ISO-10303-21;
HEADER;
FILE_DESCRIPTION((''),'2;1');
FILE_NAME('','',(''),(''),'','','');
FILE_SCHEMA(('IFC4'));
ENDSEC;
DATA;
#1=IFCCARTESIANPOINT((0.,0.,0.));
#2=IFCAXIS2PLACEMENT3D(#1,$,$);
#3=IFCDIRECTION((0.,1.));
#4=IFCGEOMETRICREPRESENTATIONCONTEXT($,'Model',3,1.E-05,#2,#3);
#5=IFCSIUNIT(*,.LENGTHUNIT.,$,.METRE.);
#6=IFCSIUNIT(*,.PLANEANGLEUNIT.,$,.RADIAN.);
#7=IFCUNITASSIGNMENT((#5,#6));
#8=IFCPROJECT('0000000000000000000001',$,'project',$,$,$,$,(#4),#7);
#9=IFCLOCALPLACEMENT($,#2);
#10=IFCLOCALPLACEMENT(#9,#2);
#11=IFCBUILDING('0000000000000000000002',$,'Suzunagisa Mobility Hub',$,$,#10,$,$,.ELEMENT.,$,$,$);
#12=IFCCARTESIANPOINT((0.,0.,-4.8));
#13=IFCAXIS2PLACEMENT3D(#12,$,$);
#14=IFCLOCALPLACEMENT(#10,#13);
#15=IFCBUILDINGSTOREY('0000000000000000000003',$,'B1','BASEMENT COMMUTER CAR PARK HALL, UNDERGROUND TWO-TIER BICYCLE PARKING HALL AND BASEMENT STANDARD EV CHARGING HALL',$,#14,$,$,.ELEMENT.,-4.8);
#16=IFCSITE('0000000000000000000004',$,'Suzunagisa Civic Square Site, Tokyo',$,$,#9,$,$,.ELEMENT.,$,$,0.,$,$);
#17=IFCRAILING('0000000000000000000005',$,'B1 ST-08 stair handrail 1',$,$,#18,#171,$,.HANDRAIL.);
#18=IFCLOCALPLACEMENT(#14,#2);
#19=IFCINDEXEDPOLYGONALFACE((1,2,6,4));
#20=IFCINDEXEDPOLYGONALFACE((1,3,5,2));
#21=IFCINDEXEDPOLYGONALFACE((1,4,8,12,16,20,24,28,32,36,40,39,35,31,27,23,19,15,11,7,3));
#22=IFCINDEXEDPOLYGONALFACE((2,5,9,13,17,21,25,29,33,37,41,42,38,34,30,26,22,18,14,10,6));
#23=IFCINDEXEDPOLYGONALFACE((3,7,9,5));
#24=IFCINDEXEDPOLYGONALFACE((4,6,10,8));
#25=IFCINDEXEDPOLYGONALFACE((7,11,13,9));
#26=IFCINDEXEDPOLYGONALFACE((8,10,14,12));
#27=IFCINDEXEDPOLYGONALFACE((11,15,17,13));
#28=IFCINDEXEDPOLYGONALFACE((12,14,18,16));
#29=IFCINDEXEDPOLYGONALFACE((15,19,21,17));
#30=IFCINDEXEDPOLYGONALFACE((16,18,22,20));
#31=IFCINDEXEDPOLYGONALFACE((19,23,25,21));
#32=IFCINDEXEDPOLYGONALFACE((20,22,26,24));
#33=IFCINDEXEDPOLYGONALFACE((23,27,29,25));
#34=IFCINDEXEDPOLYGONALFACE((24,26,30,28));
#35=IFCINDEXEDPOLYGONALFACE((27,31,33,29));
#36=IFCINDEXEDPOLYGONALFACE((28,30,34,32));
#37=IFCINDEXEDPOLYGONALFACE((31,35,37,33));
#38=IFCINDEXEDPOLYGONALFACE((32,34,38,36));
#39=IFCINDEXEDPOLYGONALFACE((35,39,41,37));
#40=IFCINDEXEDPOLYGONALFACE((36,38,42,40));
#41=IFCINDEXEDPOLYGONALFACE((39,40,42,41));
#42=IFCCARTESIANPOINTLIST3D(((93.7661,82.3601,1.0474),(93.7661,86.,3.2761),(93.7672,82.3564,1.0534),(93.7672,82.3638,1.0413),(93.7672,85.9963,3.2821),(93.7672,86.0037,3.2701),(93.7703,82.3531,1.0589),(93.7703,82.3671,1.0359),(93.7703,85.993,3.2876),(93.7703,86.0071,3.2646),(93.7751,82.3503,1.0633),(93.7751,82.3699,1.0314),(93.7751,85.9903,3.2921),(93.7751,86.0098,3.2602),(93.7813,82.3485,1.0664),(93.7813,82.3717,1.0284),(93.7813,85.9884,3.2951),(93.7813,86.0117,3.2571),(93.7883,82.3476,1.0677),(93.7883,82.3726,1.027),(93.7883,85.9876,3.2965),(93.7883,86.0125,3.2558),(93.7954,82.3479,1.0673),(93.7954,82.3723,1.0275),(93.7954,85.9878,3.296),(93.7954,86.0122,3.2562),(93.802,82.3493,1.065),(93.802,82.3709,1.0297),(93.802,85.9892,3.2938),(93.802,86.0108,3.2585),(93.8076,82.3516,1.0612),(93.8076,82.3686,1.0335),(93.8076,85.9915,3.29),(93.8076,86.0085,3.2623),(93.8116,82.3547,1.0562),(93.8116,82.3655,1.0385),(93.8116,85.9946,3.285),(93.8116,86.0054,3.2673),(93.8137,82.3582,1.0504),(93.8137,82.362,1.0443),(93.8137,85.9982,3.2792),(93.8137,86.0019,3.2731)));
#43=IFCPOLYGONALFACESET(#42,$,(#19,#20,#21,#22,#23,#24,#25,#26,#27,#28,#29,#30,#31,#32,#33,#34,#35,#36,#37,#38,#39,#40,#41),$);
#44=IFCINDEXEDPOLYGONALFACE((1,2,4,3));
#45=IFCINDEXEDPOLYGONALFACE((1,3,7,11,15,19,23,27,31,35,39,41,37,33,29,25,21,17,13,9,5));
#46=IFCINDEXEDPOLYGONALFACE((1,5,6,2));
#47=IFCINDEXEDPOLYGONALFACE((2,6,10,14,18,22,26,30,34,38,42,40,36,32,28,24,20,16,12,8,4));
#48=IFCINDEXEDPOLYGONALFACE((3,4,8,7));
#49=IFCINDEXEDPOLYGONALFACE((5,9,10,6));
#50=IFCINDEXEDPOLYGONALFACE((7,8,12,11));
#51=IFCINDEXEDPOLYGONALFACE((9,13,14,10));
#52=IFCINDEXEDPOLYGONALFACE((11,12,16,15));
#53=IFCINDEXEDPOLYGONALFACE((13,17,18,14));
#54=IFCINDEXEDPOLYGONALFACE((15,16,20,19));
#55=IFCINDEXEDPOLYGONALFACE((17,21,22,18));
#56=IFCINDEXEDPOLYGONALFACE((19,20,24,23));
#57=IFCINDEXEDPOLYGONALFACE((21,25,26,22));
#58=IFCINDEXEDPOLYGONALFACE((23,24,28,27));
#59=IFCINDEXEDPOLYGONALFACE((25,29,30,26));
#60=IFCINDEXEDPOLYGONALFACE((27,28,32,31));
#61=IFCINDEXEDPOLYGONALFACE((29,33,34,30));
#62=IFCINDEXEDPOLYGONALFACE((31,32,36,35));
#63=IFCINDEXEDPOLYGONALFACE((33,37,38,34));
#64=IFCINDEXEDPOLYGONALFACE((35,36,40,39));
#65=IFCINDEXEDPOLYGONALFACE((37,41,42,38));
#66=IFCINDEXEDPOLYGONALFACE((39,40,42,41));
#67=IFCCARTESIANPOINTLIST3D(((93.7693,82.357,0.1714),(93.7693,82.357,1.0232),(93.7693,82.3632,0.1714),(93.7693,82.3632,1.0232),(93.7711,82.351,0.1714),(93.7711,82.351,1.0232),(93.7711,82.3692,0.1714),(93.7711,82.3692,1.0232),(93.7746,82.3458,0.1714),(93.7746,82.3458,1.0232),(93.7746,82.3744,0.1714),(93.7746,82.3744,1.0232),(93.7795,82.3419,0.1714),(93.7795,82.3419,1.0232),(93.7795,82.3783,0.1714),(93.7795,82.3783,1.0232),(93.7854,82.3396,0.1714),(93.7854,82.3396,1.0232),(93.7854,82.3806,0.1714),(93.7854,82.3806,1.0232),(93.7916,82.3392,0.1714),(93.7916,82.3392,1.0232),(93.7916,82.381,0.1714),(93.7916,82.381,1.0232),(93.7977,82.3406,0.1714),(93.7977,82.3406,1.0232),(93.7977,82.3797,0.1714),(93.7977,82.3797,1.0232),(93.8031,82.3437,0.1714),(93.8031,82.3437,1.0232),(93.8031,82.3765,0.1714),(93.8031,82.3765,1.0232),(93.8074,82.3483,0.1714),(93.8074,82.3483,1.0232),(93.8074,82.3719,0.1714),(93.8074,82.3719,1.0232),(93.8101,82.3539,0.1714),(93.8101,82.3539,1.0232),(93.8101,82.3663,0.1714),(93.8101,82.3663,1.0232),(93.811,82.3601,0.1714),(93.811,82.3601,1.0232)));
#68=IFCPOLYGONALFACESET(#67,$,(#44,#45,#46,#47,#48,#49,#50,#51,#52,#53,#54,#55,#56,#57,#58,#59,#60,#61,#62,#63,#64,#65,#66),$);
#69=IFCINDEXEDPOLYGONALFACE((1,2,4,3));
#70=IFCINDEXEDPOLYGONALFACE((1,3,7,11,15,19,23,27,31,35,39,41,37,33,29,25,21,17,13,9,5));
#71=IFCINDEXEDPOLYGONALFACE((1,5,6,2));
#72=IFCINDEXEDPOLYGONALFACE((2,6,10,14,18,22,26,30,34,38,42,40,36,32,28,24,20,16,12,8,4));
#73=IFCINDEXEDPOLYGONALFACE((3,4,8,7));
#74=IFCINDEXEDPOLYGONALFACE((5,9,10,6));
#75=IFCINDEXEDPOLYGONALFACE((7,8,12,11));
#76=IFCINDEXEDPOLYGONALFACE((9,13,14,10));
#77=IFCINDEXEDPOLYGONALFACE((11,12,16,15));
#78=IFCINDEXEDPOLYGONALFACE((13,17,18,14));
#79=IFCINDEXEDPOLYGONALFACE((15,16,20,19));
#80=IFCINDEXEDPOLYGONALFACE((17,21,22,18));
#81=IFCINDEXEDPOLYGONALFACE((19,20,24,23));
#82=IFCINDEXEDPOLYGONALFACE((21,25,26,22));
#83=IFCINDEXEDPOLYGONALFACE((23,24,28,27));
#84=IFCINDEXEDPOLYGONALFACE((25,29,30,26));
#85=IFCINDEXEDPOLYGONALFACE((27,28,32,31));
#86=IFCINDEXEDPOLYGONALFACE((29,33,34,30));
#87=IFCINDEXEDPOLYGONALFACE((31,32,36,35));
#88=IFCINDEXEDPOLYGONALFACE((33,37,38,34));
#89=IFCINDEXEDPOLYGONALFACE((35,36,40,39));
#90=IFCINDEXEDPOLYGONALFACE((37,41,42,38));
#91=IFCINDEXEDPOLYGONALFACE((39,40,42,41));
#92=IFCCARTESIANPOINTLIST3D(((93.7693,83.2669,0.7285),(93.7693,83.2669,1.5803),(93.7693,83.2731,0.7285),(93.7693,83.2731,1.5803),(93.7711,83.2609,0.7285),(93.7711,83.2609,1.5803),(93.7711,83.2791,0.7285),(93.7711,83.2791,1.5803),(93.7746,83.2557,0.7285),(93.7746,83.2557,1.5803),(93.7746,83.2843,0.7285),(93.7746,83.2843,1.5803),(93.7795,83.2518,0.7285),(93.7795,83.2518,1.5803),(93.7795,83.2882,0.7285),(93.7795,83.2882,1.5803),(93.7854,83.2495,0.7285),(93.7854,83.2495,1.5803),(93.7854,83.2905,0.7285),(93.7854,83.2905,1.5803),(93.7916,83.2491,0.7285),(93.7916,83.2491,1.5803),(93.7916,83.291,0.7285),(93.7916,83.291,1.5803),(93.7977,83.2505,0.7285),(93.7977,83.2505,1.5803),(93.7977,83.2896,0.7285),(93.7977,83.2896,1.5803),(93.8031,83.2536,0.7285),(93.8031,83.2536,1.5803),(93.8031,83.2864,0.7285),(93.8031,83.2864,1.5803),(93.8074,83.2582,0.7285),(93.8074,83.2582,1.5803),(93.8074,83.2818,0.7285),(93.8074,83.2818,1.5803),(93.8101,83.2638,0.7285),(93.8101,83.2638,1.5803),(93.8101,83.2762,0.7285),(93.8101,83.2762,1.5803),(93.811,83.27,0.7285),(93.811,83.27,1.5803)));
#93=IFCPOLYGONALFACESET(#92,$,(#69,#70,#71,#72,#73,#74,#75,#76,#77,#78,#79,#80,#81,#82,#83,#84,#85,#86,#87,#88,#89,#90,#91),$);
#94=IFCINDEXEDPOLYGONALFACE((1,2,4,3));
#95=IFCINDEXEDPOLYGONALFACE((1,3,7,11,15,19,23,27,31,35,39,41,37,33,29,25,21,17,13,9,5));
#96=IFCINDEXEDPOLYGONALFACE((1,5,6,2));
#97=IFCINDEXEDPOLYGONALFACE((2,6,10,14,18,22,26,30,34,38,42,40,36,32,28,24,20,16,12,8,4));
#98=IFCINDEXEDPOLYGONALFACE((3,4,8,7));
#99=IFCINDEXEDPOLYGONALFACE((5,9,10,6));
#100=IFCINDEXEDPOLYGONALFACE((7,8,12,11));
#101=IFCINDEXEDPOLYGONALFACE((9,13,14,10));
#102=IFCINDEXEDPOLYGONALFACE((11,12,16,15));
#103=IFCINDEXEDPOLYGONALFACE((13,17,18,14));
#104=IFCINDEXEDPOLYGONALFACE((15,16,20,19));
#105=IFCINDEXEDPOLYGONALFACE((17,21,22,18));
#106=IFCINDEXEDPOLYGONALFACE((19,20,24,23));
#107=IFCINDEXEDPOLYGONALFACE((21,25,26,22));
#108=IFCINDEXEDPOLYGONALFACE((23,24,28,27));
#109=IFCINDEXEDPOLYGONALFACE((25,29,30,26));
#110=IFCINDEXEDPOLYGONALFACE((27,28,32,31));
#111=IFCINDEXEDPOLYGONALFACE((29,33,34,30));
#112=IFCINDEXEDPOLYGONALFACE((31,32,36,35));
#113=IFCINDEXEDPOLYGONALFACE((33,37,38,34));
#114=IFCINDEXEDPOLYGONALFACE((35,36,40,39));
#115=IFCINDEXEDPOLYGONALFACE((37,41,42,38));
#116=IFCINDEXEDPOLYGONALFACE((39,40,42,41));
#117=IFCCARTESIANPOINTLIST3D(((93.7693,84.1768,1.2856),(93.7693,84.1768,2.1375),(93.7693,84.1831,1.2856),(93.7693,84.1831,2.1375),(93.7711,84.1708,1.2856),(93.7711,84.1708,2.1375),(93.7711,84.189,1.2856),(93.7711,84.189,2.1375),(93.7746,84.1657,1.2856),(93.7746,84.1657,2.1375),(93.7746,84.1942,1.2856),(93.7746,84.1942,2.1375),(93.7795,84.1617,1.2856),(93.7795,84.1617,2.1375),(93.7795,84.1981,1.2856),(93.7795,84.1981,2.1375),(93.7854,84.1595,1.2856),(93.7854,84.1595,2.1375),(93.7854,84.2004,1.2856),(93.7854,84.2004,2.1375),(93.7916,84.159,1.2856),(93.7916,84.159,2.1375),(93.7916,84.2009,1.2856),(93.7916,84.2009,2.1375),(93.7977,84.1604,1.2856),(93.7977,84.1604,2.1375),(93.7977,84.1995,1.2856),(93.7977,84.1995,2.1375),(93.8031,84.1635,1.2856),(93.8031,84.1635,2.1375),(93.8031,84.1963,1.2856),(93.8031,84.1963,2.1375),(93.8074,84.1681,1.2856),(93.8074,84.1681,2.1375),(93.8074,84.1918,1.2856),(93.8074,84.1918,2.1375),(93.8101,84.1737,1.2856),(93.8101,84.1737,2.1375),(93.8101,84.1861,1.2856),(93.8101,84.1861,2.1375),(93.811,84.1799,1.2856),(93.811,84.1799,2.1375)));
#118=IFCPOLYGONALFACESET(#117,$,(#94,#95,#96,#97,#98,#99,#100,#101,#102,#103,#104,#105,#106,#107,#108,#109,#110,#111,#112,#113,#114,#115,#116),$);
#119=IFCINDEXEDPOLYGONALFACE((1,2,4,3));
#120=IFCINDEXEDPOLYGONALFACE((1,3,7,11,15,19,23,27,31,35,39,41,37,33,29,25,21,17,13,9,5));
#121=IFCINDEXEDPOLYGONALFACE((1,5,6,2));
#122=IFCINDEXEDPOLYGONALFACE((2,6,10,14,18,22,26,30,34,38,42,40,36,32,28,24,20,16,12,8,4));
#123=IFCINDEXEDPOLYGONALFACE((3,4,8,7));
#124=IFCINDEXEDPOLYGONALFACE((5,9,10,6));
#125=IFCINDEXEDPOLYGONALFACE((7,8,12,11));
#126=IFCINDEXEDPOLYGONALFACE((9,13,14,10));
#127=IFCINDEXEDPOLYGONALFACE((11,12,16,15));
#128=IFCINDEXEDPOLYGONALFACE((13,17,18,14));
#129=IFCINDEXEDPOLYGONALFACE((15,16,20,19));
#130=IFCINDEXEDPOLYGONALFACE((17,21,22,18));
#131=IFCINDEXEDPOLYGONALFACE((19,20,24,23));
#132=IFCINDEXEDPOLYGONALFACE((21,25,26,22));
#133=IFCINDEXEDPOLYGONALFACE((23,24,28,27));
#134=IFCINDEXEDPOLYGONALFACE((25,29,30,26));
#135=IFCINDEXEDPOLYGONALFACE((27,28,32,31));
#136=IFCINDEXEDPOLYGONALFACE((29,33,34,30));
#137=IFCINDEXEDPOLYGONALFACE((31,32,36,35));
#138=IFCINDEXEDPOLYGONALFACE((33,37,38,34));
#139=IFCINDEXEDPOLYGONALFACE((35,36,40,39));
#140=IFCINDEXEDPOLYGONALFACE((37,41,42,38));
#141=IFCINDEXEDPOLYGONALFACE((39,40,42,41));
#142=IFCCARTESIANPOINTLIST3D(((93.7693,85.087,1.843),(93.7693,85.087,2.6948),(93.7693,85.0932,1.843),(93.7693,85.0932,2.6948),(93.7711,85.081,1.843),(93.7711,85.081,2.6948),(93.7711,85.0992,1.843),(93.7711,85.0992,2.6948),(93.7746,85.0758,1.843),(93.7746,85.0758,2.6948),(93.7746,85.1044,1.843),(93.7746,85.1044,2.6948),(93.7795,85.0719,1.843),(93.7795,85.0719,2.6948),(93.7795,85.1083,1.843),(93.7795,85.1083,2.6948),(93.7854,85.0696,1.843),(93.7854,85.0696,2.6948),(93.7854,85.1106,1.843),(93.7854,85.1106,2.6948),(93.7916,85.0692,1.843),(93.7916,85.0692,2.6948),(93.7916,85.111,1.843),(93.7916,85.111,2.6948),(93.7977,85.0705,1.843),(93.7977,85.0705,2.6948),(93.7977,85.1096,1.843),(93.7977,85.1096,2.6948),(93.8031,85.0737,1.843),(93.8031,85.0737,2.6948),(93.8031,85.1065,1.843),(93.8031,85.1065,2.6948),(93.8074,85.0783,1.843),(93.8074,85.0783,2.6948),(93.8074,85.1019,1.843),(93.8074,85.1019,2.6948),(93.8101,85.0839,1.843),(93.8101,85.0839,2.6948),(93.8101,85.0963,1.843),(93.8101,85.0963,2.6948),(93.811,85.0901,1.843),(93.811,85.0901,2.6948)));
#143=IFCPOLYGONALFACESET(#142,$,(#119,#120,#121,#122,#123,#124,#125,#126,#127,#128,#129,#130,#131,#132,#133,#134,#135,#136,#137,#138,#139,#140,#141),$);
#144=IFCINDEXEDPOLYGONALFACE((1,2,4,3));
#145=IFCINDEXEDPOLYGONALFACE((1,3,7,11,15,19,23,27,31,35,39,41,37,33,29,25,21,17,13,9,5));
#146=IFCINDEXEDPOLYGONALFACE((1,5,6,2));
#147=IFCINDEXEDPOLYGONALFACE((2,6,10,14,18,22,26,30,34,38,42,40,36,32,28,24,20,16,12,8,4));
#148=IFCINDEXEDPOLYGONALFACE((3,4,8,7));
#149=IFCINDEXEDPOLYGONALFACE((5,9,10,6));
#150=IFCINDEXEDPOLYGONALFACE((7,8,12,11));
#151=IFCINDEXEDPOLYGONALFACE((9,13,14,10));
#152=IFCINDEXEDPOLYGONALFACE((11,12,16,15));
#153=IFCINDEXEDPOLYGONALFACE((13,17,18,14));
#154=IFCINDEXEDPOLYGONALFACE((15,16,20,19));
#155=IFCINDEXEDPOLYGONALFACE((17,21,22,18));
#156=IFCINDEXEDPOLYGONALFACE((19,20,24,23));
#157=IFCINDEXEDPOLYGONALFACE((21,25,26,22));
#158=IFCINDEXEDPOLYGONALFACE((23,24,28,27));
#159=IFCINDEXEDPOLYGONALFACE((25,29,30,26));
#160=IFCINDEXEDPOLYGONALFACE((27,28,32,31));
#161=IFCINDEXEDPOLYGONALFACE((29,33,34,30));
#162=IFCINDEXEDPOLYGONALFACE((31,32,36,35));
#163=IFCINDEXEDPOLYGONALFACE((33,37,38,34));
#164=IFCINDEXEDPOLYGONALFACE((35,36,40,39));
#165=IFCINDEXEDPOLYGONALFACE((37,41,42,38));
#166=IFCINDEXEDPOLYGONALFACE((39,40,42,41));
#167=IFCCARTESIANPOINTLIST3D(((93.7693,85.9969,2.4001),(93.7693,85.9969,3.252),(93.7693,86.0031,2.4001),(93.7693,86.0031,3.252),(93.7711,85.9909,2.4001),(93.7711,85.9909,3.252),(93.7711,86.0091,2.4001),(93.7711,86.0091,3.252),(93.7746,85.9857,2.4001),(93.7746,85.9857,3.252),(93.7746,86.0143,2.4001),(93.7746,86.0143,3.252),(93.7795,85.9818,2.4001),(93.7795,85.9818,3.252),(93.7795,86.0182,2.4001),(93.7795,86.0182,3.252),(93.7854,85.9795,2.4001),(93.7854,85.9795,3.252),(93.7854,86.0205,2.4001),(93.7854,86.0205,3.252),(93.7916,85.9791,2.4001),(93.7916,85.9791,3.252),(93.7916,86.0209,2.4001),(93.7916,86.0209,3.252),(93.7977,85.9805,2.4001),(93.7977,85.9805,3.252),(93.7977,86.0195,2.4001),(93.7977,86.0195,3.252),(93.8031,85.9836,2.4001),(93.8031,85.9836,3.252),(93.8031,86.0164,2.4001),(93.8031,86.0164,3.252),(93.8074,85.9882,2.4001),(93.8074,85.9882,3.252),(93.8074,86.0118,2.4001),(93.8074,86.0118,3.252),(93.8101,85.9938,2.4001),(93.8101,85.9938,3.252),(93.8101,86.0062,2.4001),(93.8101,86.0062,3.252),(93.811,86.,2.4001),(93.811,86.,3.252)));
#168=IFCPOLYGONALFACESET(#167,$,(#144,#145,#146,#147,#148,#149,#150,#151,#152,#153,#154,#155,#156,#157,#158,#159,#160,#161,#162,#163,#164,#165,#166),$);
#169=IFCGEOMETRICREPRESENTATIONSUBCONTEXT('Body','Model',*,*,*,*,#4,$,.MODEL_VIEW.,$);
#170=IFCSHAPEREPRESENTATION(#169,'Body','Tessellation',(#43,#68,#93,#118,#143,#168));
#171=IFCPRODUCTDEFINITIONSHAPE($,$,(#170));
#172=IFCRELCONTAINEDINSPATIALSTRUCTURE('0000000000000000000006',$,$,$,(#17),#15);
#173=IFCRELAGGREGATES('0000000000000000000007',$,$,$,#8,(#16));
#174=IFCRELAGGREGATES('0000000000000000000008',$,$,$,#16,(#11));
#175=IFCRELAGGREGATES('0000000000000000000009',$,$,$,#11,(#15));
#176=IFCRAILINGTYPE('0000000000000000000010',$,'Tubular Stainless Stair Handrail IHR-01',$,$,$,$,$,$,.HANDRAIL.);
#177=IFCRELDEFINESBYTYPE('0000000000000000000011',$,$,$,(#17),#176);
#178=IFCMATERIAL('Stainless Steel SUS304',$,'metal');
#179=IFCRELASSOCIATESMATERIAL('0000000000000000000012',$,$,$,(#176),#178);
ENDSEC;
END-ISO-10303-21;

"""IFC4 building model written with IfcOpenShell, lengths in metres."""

from ifc_helpers import new_model, si_unit, direction, frame, origin, origin_2d, place, context, subcontext, project, spatial, circle, extrude, material, type_object, element, save


model = new_model("IFC4")

# Units and contexts
model_context = context("Model", 3, precision=1e-05, world=origin(), true_north=direction((0.0, 1.0)))
body_context = subcontext(model_context, "Body", "Model", "MODEL_VIEW")
ifc_project = project(units=[si_unit("LENGTHUNIT", "METRE"), si_unit("PLANEANGLEUNIT", "RADIAN")], contexts=[model_context])

# Site, building, storey
site_placement = place(None, origin())
site = spatial("IfcSite", under=ifc_project, at=site_placement, Name="Suzunagisa Civic Square Site, Tokyo", CompositionType="ELEMENT", RefElevation=0.0)
building_placement = place(site_placement, origin())
building = spatial("IfcBuilding", under=site, at=building_placement, Name="Suzunagisa Mobility Hub", CompositionType="ELEMENT")
storey_placement = place(building_placement, frame((0.0, 0.0, -4.8)))
storey = spatial("IfcBuildingStorey", under=building, at=storey_placement, Name="B1", Description="BASEMENT COMMUTER CAR PARK HALL, UNDERGROUND TWO-TIER BICYCLE PARKING HALL AND BASEMENT STANDARD EV CHARGING HALL", CompositionType="ELEMENT", Elevation=-4.8)

# Railing
ifc_material_1 = material(Name="Stainless Steel SUS304", Category="metal")
railing_type_1 = type_object("IfcRailingType", Name="Tubular Stainless Stair Handrail IHR-01", PredefinedType="HANDRAIL", material=ifc_material_1)
railing_1_placement = place(storey_placement, frame((93.79, 82.3601, 0.1714)))
element("IfcRailing", 1, at=railing_1_placement, inside=storey, type_object=railing_type_1, Name="B1 ST-08 stair handrail 1", PredefinedType="HANDRAIL", context=body_context, shape_type="SweptSolid", body=[
    extrude(circle(Radius=0.0239, at=origin_2d()), frame((0.0, 0.0, 0.876), z_axis=(0.0, 0.852825, 0.522197), x_axis=(-1.0, 0.0, 0.0)), (0.0, 0.0, 1.0), 4.2681),
    extrude(circle(Radius=0.021, at=origin_2d()), origin(), (0.0, 0.0, 1.0), 0.8518),
    extrude(circle(Radius=0.021, at=origin_2d()), frame((0.0, 0.9099, 0.5571)), (0.0, 0.0, 1.0), 0.8518),
    extrude(circle(Radius=0.021, at=origin_2d()), frame((0.0, 1.8198, 1.1143)), (0.0, 0.0, 1.0), 0.8518),
    extrude(circle(Radius=0.021, at=origin_2d()), frame((0.0, 2.73, 1.6716)), (0.0, 0.0, 1.0), 0.8518),
    extrude(circle(Radius=0.021, at=origin_2d()), frame((0.0, 3.6399, 2.2288)), (0.0, 0.0, 1.0), 0.8518),
])

save(model, "model.ifc")
